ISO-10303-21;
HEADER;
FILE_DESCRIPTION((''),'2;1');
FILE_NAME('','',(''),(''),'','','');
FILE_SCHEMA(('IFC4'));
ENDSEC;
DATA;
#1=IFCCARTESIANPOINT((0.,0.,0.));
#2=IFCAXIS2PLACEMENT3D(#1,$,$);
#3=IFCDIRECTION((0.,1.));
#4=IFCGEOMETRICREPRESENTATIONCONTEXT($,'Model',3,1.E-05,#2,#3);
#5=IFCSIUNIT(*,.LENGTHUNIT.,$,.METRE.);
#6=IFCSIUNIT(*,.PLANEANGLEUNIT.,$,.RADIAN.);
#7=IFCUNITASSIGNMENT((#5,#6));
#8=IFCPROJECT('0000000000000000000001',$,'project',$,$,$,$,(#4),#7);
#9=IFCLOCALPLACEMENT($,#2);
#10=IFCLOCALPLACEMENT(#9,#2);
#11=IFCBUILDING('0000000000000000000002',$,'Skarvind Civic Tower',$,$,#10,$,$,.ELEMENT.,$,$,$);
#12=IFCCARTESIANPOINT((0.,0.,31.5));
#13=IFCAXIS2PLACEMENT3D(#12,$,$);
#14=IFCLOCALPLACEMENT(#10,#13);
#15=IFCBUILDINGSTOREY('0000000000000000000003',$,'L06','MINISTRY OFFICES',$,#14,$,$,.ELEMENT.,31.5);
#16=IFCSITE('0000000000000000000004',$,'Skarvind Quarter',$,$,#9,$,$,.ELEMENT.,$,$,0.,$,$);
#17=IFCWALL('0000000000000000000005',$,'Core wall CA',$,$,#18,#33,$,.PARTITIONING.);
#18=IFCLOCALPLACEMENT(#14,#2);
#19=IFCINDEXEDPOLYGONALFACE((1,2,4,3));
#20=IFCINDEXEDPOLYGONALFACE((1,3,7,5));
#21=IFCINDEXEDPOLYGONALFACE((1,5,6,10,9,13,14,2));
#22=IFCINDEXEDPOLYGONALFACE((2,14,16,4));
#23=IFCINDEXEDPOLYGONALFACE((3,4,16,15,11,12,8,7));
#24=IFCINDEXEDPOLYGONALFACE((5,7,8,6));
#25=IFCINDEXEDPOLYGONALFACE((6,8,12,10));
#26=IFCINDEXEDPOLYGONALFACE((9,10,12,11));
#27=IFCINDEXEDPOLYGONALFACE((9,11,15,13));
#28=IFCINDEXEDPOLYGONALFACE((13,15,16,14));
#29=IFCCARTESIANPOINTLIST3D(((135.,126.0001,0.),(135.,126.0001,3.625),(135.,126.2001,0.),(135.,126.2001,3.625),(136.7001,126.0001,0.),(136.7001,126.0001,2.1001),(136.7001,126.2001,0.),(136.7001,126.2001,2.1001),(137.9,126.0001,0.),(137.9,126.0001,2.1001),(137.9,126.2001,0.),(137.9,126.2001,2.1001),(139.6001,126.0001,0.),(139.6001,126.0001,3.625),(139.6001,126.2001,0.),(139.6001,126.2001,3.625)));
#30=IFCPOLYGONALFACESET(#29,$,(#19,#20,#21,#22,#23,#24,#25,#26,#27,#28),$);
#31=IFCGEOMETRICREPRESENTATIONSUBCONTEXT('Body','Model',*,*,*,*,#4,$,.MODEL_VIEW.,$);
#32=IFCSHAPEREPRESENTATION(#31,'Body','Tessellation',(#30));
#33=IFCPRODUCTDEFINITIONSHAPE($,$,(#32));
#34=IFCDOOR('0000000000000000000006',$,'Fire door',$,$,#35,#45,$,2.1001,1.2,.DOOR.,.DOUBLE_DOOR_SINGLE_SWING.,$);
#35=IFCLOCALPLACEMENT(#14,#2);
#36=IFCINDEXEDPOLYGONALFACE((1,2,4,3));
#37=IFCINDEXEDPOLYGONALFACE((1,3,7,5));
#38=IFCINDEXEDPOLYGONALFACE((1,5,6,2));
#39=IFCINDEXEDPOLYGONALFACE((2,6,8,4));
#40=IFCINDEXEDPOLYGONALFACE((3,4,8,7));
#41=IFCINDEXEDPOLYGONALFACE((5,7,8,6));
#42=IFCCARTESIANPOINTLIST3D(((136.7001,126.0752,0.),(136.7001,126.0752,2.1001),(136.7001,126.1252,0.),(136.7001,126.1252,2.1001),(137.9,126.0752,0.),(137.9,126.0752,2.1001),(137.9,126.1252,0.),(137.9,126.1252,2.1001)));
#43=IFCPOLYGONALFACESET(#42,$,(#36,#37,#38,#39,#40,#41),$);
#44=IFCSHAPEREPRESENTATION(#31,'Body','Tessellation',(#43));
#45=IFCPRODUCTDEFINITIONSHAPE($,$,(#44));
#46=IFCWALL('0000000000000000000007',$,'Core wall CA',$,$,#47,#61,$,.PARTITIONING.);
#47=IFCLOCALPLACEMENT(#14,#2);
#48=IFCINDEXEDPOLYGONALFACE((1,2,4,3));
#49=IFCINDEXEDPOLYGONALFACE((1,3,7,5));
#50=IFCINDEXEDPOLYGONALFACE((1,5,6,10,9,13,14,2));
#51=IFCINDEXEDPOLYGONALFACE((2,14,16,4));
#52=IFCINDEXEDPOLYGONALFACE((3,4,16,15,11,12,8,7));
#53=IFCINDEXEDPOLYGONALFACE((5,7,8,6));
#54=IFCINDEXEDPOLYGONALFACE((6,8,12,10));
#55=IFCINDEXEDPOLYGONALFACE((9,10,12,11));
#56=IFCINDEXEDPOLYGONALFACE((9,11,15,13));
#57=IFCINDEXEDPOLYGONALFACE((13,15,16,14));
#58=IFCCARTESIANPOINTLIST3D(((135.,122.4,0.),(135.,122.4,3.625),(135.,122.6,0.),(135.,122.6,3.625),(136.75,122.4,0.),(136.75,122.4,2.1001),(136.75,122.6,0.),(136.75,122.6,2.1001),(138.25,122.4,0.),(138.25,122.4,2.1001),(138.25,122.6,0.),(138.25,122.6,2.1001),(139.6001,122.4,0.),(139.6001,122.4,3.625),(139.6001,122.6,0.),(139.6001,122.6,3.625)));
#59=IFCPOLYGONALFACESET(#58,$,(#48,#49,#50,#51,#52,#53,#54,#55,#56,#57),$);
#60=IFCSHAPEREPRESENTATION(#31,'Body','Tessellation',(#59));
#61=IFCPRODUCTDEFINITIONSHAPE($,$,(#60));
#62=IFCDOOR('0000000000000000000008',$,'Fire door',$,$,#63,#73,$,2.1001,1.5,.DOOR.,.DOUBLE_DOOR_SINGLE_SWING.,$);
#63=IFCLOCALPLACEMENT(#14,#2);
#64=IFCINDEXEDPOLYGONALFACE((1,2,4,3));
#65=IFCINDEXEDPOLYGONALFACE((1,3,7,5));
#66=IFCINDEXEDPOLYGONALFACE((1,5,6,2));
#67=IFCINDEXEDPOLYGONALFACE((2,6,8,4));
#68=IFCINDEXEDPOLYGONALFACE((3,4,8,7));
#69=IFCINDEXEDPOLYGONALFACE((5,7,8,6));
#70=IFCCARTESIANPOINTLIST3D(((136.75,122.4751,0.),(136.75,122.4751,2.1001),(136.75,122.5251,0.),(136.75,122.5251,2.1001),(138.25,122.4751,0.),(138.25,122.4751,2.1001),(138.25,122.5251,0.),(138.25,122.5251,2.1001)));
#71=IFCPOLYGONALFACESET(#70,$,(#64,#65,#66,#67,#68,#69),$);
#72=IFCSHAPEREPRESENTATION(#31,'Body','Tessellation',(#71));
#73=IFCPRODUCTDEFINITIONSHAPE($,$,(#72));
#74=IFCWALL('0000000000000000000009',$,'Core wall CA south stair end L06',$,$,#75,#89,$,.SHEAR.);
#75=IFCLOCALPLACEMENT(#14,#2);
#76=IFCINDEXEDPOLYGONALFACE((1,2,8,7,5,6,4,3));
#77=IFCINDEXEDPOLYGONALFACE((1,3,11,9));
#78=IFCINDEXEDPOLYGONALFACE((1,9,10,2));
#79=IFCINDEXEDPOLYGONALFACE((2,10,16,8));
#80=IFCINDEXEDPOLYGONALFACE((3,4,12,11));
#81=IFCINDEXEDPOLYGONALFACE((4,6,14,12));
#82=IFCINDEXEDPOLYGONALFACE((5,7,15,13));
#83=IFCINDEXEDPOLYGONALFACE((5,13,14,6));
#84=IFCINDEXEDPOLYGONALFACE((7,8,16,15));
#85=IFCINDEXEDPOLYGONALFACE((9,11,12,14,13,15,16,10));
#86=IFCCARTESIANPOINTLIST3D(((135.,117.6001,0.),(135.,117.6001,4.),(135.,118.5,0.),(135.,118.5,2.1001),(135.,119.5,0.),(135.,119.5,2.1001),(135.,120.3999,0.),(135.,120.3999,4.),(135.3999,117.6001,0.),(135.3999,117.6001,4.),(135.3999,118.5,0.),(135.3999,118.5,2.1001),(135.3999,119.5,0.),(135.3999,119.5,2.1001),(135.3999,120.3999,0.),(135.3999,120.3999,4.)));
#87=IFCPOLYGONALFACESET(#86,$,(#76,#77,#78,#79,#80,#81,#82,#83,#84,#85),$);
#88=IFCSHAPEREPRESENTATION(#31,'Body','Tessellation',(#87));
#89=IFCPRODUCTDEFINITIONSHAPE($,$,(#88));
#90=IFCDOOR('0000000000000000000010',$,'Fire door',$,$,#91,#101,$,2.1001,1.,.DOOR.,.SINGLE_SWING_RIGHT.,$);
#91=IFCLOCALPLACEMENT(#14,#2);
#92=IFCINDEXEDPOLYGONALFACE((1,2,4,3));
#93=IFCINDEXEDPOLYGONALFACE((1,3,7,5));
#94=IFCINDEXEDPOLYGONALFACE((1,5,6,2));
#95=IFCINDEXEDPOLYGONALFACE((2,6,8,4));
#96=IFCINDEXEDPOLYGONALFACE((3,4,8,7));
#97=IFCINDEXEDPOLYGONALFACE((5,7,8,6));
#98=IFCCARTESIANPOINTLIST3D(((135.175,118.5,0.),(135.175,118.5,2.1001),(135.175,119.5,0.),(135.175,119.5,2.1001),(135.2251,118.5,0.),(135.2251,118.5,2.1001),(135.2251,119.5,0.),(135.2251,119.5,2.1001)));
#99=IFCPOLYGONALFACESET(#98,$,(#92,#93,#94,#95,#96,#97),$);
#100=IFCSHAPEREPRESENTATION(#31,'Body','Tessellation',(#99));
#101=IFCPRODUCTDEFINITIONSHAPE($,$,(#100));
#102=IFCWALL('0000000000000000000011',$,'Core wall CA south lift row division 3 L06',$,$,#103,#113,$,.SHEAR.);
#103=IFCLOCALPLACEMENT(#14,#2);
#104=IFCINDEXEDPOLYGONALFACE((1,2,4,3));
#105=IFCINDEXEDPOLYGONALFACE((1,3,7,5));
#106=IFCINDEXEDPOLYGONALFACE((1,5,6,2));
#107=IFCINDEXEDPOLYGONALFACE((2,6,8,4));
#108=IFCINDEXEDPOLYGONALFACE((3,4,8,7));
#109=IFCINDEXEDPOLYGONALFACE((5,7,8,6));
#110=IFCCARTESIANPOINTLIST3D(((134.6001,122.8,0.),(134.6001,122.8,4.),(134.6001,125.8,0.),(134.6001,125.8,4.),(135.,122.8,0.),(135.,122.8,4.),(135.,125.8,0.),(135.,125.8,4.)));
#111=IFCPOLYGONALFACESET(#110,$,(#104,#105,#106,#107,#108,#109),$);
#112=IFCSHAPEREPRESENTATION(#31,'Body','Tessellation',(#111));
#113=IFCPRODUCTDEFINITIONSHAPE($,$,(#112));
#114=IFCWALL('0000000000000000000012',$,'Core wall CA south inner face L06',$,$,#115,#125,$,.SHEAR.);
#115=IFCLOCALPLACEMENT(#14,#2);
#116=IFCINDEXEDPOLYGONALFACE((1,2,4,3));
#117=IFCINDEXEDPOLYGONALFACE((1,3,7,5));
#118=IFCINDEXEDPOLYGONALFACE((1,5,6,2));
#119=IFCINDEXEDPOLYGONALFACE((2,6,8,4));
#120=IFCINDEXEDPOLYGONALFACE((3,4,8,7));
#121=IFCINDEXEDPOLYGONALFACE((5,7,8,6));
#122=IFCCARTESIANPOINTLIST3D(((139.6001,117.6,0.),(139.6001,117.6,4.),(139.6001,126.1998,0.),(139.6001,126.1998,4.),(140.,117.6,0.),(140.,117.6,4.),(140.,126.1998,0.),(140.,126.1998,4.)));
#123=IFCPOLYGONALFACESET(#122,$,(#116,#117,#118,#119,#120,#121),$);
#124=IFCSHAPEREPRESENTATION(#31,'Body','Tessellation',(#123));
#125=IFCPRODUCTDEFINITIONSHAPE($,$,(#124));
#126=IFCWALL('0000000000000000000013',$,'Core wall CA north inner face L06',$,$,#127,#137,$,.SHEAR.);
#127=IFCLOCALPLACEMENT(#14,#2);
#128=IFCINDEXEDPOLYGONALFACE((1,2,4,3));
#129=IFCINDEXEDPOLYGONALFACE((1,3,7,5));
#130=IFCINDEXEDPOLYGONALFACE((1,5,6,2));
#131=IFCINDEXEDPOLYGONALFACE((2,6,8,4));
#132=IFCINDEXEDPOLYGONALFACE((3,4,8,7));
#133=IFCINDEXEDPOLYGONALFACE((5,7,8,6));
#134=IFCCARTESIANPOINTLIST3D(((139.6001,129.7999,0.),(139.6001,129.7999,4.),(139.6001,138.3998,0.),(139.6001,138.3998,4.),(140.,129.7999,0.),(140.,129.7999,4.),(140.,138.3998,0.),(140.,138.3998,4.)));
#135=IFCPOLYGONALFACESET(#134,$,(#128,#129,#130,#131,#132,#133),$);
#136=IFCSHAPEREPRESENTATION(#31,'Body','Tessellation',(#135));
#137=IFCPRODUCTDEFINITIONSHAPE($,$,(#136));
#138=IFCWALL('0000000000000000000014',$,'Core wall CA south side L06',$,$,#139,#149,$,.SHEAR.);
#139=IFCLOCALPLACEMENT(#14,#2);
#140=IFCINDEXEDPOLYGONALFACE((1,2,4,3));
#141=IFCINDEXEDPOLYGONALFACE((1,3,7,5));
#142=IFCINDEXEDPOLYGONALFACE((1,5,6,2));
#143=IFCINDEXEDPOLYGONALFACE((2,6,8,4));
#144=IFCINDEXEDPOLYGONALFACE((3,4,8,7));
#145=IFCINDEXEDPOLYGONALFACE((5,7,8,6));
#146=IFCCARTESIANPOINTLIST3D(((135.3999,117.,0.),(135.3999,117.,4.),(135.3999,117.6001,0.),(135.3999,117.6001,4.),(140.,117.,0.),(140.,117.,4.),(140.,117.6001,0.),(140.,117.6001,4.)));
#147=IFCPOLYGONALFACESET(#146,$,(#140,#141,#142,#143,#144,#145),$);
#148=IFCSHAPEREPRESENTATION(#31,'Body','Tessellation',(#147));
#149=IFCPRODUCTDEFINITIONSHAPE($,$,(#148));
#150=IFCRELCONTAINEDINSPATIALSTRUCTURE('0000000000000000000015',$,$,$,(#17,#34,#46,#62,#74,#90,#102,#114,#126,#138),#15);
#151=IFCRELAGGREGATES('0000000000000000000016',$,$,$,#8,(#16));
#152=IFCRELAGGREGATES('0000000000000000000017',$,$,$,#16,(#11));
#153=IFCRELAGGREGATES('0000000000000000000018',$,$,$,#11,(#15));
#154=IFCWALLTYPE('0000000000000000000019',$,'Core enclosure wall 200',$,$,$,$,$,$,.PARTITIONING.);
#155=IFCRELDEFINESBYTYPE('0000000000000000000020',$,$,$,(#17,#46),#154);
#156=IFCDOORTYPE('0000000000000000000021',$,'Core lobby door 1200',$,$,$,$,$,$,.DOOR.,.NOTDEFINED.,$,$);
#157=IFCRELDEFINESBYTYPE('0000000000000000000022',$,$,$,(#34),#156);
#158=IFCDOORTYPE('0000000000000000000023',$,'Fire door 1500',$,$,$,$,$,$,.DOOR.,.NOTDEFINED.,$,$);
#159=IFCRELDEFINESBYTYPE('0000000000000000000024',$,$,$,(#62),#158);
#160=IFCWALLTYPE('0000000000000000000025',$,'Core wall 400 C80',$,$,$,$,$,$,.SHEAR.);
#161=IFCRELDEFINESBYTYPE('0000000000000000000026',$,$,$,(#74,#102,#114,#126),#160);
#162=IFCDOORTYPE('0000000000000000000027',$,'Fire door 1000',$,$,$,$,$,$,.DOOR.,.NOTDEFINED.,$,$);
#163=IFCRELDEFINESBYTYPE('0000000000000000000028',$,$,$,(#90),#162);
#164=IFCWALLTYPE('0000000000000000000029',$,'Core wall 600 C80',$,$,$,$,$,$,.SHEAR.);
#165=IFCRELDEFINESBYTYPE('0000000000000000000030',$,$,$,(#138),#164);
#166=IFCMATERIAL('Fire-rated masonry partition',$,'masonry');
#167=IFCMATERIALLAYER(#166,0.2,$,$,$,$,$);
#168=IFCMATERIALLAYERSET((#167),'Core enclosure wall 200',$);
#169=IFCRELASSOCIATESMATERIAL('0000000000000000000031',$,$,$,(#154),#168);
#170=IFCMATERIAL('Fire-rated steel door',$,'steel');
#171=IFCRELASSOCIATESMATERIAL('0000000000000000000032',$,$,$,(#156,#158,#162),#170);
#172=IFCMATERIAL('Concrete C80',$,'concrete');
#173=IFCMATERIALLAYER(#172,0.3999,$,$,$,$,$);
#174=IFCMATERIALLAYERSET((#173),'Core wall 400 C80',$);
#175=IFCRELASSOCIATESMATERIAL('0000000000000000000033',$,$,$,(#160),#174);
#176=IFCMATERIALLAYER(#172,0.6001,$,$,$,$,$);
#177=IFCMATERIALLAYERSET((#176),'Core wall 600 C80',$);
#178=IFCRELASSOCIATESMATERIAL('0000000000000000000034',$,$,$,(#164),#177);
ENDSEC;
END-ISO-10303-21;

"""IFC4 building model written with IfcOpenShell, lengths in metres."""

from ifc_helpers import new_model, si_unit, direction, frame, frame_2d, origin, place, context, subcontext, project, spatial, rectangle, extrude, material, layer, layer_set, type_object, element, fill, save


model = new_model("IFC4")

# Units and contexts
model_context = context("Model", 3, precision=1e-05, world=origin(), true_north=direction((0.0, 1.0)))
body_context = subcontext(model_context, "Body", "Model", "MODEL_VIEW")
ifc_project = project(units=[si_unit("LENGTHUNIT", "METRE"), si_unit("PLANEANGLEUNIT", "RADIAN")], contexts=[model_context])

# Site, building, storey
site_placement = place(None, origin())
site = spatial("IfcSite", under=ifc_project, at=site_placement, Name="Skarvind Quarter", CompositionType="ELEMENT", RefElevation=0.0)
building_placement = place(site_placement, origin())
building = spatial("IfcBuilding", under=site, at=building_placement, Name="Skarvind Civic Tower", CompositionType="ELEMENT")
storey_placement = place(building_placement, frame((0.0, 0.0, 31.5)))
storey = spatial("IfcBuildingStorey", under=building, at=storey_placement, Name="L06", Description="MINISTRY OFFICES", CompositionType="ELEMENT", Elevation=31.5)

# Walls, openings, doors
ifc_material_1 = material(Name="Fire-rated masonry partition", Category="masonry")
ifc_layer_1 = layer(ifc_material_1, 0.2)
ifc_layer_set_1 = layer_set([ifc_layer_1], Name="Core enclosure wall 200")
wall_type_1 = type_object("IfcWallType", Name="Core enclosure wall 200", PredefinedType="PARTITIONING", material=ifc_layer_set_1)
ifc_material_2 = material(Name="Fire-rated steel door", Category="steel")
door_type_1 = type_object("IfcDoorType", Name="Core lobby door 1200", OperationType="NOTDEFINED", PredefinedType="DOOR", material=ifc_material_2)
wall_1_placement = place(storey_placement, frame((139.6001, 126.1001, 0.0), z_axis=(0.0, 0.0, 1.0), x_axis=(-1.0, 0.0, 0.0)))
wall_1 = element("IfcWall", 1, at=wall_1_placement, inside=storey, type_object=wall_type_1, Name="Core wall CA", PredefinedType="PARTITIONING", context=body_context, shape_type="SweptSolid", body=[
    extrude(rectangle(XDim=4.6001, YDim=0.2, at=frame_2d((2.3, 0.0))), origin(), (0.0, 0.0, 1.0), 3.625),
])
opening_1_placement = place(wall_1_placement, frame((1.7, 0.0, 0.0)))
opening_1 = element("IfcOpeningElement", 2, at=opening_1_placement, cuts=wall_1, PredefinedType="OPENING", context=body_context, shape_type="SweptSolid", body=[
    extrude(rectangle(XDim=1.2, YDim=2.1001, at=frame_2d((0.6001, 1.05))), frame((0.0, 0.1099, 0.0), z_axis=(0.0, -1.0, 0.0), x_axis=(1.0, 0.0, 0.0)), (0.0, 0.0, 1.0), 0.22),
])
door_1_placement = place(opening_1_placement, origin())
door_1 = element("IfcDoor", 3, at=door_1_placement, inside=storey, type_object=door_type_1, Name="Fire door", OperationType="DOUBLE_DOOR_SINGLE_SWING", OverallHeight=2.1001, OverallWidth=1.2, PredefinedType="DOOR", context=body_context, shape_type="SweptSolid", body=[
    extrude(rectangle(XDim=1.2, YDim=2.1001, at=frame_2d((0.6001, 1.05))), frame((0.0, 0.0249, 0.0), z_axis=(0.0, -1.0, 0.0), x_axis=(1.0, 0.0, 0.0)), (0.0, 0.0, 1.0), 0.05),
])
fill(opening_1, door_1)
wall_2_placement = place(storey_placement, frame((139.6001, 122.5, 0.0), z_axis=(0.0, 0.0, 1.0), x_axis=(-1.0, 0.0, 0.0)))
wall_2 = element("IfcWall", 4, at=wall_2_placement, inside=storey, type_object=wall_type_1, Name="Core wall CA", PredefinedType="PARTITIONING", context=body_context, shape_type="SweptSolid", body=[
    extrude(rectangle(XDim=4.6001, YDim=0.2, at=frame_2d((2.3, 0.0))), origin(), (0.0, 0.0, 1.0), 3.625),
])
opening_2_placement = place(wall_2_placement, frame((1.3501, 0.0, 0.0)))
opening_2 = element("IfcOpeningElement", 5, at=opening_2_placement, cuts=wall_2, PredefinedType="OPENING", context=body_context, shape_type="SweptSolid", body=[
    extrude(rectangle(XDim=1.5, YDim=2.1001, at=frame_2d((0.75, 1.05))), frame((0.0, 0.1099, 0.0), z_axis=(0.0, -1.0, 0.0), x_axis=(1.0, 0.0, 0.0)), (0.0, 0.0, 1.0), 0.22),
])
door_type_2 = type_object("IfcDoorType", Name="Fire door 1500", OperationType="NOTDEFINED", PredefinedType="DOOR", material=ifc_material_2)
door_2_placement = place(opening_2_placement, origin())
door_2 = element("IfcDoor", 6, at=door_2_placement, inside=storey, type_object=door_type_2, Name="Fire door", OperationType="DOUBLE_DOOR_SINGLE_SWING", OverallHeight=2.1001, OverallWidth=1.5, PredefinedType="DOOR", context=body_context, shape_type="SweptSolid", body=[
    extrude(rectangle(XDim=1.5, YDim=2.1001, at=frame_2d((0.75, 1.05))), frame((0.0, 0.0249, 0.0), z_axis=(0.0, -1.0, 0.0), x_axis=(1.0, 0.0, 0.0)), (0.0, 0.0, 1.0), 0.05),
])
fill(opening_2, door_2)
ifc_material_3 = material(Name="Concrete C80", Category="concrete")
ifc_layer_2 = layer(ifc_material_3, 0.3999)
ifc_layer_set_2 = layer_set([ifc_layer_2], Name="Core wall 400 C80")
wall_type_2 = type_object("IfcWallType", Name="Core wall 400 C80", PredefinedType="SHEAR", material=ifc_layer_set_2)
wall_3_placement = place(storey_placement, frame((135.2, 117.6001, 0.0), z_axis=(0.0, 0.0, 1.0), x_axis=(0.0, 1.0, 0.0)))
wall_3 = element("IfcWall", 7, at=wall_3_placement, inside=storey, type_object=wall_type_2, Name="Core wall CA south stair end L06", PredefinedType="SHEAR", context=body_context, shape_type="SweptSolid", body=[
    extrude(rectangle(XDim=2.7998, YDim=0.3999, at=frame_2d((1.3999, 0.0))), origin(), (0.0, 0.0, 1.0), 4.0),
])
opening_3_placement = place(wall_3_placement, frame((0.8999, 0.0, 0.0)))
opening_3 = element("IfcOpeningElement", 8, at=opening_3_placement, cuts=wall_3, PredefinedType="OPENING", context=body_context, shape_type="SweptSolid", body=[
    extrude(rectangle(XDim=1.0, YDim=2.1001, at=frame_2d((0.5, 1.05))), frame((0.0, 0.21, 0.0), z_axis=(0.0, -1.0, 0.0), x_axis=(1.0, 0.0, 0.0)), (0.0, 0.0, 1.0), 0.4199),
])
door_type_3 = type_object("IfcDoorType", Name="Fire door 1000", OperationType="NOTDEFINED", PredefinedType="DOOR", material=ifc_material_2)
door_3_placement = place(opening_3_placement, origin())
door_3 = element("IfcDoor", 9, at=door_3_placement, inside=storey, type_object=door_type_3, Name="Fire door", OperationType="SINGLE_SWING_RIGHT", OverallHeight=2.1001, OverallWidth=1.0, PredefinedType="DOOR", context=body_context, shape_type="SweptSolid", body=[
    extrude(rectangle(XDim=1.0, YDim=2.1001, at=frame_2d((0.5, 1.05))), frame((0.0, 0.0249, 0.0), z_axis=(0.0, -1.0, 0.0), x_axis=(1.0, 0.0, 0.0)), (0.0, 0.0, 1.0), 0.05),
])
fill(opening_3, door_3)

# Walls
wall_4_placement = place(storey_placement, frame((134.8, 122.8, 0.0), z_axis=(0.0, 0.0, 1.0), x_axis=(0.0, 1.0, 0.0)))
element("IfcWall", 10, at=wall_4_placement, inside=storey, type_object=wall_type_2, Name="Core wall CA south lift row division 3 L06", PredefinedType="SHEAR", context=body_context, shape_type="SweptSolid", body=[
    extrude(rectangle(XDim=3.0, YDim=0.3999, at=frame_2d((1.5, 0.0))), origin(), (0.0, 0.0, 1.0), 4.0),
])
for number, where, z_axis, x_axis, name in (
    (11, (139.8, 117.6001, 0.0), (0.0, 0.0, 1.0), (0.0, 1.0, 0.0), "Core wall CA south inner face L06"),
    (12, (139.8, 129.8, 0.0), (0.0, 0.0, 1.0), (0.0, 1.0, 0.0), "Core wall CA north inner face L06"),
):
    element("IfcWall", number, at=place(storey_placement, frame(where, z_axis=z_axis, x_axis=x_axis)), inside=storey, type_object=wall_type_2, Name=name, PredefinedType="SHEAR", context=body_context, shape_type="SweptSolid", body=[
        extrude(rectangle(XDim=8.5999, YDim=0.3999, at=frame_2d((4.2998, 0.0))), origin(), (0.0, 0.0, 1.0), 4.0),
    ])
ifc_layer_3 = layer(ifc_material_3, 0.6001)
ifc_layer_set_3 = layer_set([ifc_layer_3], Name="Core wall 600 C80")
wall_type_3 = type_object("IfcWallType", Name="Core wall 600 C80", PredefinedType="SHEAR", material=ifc_layer_set_3)
wall_5_placement = place(storey_placement, frame((135.3999, 117.3, 0.0), z_axis=(0.0, 0.0, 1.0), x_axis=(1.0, 0.0, 0.0)))
element("IfcWall", 13, at=wall_5_placement, inside=storey, type_object=wall_type_3, Name="Core wall CA south side L06", PredefinedType="SHEAR", context=body_context, shape_type="SweptSolid", body=[
    extrude(rectangle(XDim=4.6001, YDim=0.6001, at=frame_2d((2.3, 0.0))), origin(), (0.0, 0.0, 1.0), 4.0),
])

save(model, "model.ifc")
